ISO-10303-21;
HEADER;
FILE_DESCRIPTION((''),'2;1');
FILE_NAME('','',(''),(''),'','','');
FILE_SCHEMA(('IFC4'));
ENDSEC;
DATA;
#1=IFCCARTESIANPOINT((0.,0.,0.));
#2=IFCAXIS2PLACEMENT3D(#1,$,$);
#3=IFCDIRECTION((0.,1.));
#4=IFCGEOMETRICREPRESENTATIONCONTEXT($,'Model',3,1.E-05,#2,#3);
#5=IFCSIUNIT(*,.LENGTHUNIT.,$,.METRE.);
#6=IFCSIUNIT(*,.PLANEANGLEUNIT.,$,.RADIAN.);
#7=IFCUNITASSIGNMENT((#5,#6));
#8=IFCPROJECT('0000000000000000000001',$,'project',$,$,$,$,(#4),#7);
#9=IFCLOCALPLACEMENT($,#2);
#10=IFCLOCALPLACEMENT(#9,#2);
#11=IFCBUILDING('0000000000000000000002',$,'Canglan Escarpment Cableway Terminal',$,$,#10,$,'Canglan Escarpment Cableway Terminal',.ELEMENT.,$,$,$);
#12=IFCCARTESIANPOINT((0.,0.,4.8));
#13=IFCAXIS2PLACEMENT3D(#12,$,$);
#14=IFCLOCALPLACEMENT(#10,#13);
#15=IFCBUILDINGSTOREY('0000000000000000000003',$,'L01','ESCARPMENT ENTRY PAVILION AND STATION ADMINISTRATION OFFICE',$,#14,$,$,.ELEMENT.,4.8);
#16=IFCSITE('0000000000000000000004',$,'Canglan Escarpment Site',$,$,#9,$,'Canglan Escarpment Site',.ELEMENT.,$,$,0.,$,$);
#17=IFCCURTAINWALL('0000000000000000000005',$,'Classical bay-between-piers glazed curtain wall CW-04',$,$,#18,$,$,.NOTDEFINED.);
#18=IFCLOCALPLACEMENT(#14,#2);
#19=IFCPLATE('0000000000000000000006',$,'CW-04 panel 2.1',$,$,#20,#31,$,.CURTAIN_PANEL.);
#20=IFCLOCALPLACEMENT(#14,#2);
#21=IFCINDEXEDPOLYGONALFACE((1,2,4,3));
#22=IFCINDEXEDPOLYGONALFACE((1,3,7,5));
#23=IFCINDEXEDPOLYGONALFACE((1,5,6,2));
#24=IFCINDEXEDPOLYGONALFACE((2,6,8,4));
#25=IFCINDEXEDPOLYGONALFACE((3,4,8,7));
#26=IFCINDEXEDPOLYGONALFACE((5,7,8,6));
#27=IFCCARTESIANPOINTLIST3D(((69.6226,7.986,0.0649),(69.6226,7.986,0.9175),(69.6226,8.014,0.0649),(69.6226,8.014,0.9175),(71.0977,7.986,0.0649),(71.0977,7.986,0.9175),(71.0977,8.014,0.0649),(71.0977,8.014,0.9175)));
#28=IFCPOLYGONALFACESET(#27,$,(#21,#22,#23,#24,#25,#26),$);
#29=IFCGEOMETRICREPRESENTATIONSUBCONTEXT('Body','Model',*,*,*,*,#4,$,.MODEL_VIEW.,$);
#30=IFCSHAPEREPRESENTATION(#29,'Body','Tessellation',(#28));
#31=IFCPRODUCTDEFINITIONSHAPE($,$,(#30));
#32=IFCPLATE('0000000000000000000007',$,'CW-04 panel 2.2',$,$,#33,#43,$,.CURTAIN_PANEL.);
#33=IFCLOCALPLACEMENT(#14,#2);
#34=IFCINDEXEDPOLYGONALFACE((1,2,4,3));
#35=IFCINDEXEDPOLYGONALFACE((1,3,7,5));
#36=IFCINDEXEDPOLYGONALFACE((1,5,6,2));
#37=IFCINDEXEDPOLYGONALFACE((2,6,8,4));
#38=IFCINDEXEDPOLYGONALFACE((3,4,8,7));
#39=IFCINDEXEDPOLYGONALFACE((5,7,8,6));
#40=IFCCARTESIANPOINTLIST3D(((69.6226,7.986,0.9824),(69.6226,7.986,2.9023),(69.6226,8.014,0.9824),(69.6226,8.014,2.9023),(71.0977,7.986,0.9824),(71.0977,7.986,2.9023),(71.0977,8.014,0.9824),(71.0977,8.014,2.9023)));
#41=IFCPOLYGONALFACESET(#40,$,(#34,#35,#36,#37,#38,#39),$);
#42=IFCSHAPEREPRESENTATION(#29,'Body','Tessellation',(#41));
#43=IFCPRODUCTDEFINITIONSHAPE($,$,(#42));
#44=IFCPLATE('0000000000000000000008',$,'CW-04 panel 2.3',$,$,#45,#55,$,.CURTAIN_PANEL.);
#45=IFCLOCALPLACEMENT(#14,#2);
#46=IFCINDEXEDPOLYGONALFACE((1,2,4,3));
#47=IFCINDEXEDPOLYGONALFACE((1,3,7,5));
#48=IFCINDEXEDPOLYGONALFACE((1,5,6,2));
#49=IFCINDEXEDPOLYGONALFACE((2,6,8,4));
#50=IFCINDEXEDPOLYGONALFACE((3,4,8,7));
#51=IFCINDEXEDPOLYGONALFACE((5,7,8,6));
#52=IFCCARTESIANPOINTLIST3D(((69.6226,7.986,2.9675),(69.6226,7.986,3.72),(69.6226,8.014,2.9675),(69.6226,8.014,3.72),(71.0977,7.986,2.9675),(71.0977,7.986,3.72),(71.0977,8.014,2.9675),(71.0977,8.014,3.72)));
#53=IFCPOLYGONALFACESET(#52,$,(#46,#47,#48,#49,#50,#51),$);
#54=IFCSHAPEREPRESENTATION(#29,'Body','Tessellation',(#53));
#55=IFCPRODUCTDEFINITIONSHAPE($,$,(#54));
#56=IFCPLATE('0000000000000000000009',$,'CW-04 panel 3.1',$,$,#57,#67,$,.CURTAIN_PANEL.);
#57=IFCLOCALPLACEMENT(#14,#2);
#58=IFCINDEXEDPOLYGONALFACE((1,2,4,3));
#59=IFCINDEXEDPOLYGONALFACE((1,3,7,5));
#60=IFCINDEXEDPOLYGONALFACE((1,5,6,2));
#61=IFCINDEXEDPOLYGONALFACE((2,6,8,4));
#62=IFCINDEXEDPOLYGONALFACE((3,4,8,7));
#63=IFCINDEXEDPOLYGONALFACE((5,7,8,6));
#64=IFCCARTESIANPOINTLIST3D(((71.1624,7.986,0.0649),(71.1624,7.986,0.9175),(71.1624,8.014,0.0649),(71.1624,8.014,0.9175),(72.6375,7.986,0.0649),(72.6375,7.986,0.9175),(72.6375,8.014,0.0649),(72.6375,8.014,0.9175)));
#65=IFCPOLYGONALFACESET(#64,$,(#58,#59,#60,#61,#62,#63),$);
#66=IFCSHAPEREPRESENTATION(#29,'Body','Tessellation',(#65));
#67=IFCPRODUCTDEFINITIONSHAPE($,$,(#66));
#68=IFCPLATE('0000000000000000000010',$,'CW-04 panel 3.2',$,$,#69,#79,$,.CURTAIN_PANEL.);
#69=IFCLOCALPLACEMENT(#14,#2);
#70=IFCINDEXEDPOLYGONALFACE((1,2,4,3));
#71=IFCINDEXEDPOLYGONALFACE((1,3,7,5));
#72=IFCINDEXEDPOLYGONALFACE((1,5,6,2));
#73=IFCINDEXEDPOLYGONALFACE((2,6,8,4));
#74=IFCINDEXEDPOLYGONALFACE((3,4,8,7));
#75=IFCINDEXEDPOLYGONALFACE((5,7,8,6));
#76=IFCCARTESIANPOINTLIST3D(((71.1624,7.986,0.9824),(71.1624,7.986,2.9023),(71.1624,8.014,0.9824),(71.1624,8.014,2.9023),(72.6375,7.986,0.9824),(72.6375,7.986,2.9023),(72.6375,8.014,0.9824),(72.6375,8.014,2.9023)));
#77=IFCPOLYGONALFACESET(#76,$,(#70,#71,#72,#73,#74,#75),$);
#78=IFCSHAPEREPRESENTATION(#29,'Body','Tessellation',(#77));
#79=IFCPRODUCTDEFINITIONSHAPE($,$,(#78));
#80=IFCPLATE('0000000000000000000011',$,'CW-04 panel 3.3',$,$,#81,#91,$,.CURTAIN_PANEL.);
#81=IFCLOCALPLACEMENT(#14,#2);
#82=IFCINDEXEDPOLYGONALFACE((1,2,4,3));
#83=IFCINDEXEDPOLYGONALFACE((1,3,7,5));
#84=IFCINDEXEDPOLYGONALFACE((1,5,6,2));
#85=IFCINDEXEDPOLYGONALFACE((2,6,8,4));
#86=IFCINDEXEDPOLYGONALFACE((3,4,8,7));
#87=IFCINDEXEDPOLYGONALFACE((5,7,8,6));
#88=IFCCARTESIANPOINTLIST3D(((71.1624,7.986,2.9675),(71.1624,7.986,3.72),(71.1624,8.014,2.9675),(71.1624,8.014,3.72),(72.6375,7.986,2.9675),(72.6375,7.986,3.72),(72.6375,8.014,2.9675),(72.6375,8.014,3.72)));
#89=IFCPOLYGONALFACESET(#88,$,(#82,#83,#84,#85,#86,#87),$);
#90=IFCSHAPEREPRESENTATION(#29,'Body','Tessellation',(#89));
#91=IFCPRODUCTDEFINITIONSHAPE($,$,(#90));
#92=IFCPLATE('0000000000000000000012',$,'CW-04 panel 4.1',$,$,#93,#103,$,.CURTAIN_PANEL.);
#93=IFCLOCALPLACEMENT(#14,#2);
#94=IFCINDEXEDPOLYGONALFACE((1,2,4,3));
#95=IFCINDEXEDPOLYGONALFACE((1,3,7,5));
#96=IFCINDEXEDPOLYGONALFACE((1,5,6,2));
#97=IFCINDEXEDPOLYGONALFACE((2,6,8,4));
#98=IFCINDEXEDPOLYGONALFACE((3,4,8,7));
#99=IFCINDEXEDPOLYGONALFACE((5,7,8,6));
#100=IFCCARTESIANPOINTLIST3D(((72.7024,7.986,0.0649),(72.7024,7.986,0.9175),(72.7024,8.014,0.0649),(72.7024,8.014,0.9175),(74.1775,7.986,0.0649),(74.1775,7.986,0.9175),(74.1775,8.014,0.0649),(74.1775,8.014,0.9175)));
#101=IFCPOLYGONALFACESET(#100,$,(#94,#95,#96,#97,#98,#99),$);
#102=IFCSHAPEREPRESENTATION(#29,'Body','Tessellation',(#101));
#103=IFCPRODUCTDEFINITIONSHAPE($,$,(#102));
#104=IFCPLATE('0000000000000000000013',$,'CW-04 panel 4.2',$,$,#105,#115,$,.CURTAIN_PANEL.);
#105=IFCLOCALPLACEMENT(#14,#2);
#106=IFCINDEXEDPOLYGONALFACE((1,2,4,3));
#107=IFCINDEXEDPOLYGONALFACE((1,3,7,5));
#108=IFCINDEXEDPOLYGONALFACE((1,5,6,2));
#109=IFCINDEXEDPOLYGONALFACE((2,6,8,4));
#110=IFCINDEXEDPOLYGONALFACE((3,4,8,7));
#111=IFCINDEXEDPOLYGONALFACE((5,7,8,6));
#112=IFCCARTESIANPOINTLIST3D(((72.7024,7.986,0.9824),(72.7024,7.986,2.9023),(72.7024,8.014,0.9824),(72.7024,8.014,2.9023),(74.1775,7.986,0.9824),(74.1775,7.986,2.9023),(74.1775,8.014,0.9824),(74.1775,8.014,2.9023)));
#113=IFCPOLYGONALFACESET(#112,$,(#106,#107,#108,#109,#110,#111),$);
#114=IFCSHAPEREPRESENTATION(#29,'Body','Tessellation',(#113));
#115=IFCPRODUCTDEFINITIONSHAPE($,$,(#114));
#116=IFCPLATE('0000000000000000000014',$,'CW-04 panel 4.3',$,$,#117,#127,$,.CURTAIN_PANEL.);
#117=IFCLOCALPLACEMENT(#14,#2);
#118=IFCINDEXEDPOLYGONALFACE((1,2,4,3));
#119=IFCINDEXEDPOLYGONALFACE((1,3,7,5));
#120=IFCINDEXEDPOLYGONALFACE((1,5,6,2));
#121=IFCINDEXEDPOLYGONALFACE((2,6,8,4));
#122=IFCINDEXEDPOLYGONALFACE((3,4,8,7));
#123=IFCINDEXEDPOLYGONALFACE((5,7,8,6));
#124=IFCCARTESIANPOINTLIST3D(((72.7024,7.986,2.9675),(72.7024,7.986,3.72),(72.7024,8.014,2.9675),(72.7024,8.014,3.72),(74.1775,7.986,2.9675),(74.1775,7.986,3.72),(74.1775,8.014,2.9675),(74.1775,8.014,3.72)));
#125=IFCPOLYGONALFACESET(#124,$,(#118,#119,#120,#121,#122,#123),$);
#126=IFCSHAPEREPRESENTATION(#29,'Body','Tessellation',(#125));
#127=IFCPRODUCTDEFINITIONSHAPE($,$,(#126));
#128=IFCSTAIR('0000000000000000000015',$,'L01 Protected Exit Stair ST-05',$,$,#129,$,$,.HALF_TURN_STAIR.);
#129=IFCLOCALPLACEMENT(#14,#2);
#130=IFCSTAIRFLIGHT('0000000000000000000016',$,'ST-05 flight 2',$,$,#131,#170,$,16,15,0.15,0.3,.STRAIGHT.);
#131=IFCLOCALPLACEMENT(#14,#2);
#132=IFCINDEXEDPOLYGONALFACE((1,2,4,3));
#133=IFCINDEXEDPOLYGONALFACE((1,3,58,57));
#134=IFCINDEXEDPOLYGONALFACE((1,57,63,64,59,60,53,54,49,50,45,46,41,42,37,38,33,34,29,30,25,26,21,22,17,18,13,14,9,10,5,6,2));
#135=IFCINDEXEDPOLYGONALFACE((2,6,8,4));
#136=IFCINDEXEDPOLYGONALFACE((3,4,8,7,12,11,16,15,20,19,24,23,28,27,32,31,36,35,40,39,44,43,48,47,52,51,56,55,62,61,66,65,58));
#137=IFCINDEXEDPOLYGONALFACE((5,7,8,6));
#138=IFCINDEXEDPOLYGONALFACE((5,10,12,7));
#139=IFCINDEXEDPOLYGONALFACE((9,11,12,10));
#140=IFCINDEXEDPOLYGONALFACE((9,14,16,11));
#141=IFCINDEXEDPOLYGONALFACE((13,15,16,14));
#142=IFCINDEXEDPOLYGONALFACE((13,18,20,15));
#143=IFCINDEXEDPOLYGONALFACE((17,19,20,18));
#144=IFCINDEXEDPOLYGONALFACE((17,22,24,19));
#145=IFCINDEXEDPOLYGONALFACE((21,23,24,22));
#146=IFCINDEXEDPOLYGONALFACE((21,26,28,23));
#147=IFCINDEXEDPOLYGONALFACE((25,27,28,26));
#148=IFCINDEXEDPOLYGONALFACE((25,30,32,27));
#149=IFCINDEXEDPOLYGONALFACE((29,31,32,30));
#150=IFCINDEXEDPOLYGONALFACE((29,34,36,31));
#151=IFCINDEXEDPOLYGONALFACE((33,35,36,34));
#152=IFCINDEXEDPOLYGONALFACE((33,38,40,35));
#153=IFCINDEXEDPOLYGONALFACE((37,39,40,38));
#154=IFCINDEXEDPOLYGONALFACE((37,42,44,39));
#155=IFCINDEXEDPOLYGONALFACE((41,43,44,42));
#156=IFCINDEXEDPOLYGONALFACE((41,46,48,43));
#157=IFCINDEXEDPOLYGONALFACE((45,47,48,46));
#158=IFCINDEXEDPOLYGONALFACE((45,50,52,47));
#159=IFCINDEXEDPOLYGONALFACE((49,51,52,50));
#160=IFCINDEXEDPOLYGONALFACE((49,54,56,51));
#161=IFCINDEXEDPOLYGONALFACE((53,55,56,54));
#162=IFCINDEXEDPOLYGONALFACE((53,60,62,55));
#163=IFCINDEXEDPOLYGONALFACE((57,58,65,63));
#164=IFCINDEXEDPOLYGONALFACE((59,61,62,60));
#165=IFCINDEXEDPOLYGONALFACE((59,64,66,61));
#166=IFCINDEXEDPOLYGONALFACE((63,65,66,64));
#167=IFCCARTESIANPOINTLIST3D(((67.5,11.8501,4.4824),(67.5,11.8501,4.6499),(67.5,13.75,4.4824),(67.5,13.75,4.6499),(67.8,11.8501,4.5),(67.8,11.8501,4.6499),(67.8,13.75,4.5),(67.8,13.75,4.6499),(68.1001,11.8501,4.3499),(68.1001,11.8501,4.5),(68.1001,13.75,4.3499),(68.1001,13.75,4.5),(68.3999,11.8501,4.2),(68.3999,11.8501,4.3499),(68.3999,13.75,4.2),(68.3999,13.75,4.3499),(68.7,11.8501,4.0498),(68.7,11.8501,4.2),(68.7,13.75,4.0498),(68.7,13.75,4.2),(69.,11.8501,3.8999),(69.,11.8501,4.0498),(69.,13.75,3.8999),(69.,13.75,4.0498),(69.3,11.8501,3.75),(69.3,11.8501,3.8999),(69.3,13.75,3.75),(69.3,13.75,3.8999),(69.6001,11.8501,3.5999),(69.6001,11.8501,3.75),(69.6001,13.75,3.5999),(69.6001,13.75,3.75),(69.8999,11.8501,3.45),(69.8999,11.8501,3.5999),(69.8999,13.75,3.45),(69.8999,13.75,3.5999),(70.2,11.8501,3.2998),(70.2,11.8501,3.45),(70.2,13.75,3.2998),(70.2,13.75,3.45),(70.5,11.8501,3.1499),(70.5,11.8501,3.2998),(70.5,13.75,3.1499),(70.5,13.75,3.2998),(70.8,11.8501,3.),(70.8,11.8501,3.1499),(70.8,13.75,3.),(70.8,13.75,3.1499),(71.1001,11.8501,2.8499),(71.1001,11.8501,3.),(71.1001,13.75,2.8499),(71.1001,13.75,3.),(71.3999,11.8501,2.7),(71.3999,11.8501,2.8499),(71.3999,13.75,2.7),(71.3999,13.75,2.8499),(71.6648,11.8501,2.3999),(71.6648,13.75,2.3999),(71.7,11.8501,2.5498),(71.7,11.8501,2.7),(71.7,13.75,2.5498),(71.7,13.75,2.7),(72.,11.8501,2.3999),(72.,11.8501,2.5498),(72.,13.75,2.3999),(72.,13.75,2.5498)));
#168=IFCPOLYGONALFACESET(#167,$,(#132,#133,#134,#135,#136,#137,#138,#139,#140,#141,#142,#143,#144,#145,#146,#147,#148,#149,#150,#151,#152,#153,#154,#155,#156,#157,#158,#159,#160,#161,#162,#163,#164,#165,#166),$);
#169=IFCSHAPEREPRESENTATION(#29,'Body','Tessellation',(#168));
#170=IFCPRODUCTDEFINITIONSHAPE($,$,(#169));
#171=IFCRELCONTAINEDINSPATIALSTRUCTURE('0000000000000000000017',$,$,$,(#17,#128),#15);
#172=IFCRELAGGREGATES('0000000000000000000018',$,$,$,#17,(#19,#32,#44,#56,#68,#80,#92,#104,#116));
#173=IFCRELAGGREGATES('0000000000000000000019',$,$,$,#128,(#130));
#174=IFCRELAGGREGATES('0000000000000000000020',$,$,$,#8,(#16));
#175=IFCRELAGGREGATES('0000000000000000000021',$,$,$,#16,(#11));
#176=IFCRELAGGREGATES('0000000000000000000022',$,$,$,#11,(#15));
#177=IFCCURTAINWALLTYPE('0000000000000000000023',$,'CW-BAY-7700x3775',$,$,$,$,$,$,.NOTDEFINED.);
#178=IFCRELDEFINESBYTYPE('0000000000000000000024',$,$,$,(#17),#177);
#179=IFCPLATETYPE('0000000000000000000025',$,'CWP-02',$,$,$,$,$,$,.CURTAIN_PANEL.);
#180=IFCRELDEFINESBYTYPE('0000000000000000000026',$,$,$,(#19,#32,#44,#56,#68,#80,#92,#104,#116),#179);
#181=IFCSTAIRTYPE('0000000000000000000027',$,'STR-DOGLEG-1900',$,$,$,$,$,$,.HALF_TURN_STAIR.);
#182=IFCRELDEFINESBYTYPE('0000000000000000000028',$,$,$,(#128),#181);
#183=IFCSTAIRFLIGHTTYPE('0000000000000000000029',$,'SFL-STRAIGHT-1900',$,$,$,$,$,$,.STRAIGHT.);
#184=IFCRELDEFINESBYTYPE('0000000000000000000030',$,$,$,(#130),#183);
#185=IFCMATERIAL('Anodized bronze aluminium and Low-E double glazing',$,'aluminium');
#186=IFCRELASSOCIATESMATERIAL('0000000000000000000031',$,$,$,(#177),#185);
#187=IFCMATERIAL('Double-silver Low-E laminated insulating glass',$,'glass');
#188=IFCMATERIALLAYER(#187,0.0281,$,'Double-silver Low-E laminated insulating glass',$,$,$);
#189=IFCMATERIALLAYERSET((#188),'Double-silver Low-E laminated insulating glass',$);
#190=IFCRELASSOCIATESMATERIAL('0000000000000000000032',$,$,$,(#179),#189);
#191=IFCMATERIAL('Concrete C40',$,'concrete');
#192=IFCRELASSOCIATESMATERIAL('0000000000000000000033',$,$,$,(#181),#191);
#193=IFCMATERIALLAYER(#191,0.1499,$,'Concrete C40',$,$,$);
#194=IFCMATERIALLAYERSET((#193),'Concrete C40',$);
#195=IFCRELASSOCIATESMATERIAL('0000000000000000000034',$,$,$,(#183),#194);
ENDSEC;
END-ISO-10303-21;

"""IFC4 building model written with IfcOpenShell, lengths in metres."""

from ifc_helpers import new_model, si_unit, direction, frame, origin, origin_2d, place, context, subcontext, project, spatial, polyline, rectangle, outline, extrude, material, layer, layer_set, type_object, element, aggregate, save


model = new_model("IFC4")

# Units and contexts
model_context = context("Model", 3, precision=1e-05, world=origin(), true_north=direction((0.0, 1.0)))
body_context = subcontext(model_context, "Body", "Model", "MODEL_VIEW")
ifc_project = project(units=[si_unit("LENGTHUNIT", "METRE"), si_unit("PLANEANGLEUNIT", "RADIAN")], contexts=[model_context])

# Site, building, storey
site_placement = place(None, origin())
site = spatial("IfcSite", under=ifc_project, at=site_placement, Name="Canglan Escarpment Site", LongName="Canglan Escarpment Site", CompositionType="ELEMENT", RefElevation=0.0)
building_placement = place(site_placement, origin())
building = spatial("IfcBuilding", under=site, at=building_placement, Name="Canglan Escarpment Cableway Terminal", LongName="Canglan Escarpment Cableway Terminal", CompositionType="ELEMENT")
storey_placement = place(building_placement, frame((0.0, 0.0, 4.8)))
storey = spatial("IfcBuildingStorey", under=building, at=storey_placement, Name="L01", Description="ESCARPMENT ENTRY PAVILION AND STATION ADMINISTRATION OFFICE", CompositionType="ELEMENT", Elevation=4.8)

# Shared definitions
ifc_material_1 = material(Name="Concrete C40", Category="concrete")

# Curtain wall
ifc_material_2 = material(Name="Anodized bronze aluminium and Low-E double glazing", Category="aluminium")
curtain_wall_type = type_object("IfcCurtainWallType", Name="CW-BAY-7700x3775", PredefinedType="NOTDEFINED", material=ifc_material_2)
curtain_wall_placement = place(storey_placement, origin())
curtain_wall = element("IfcCurtainWall", 1, at=curtain_wall_placement, inside=storey, type_object=curtain_wall_type, Name="Classical bay-between-piers glazed curtain wall CW-04", PredefinedType="NOTDEFINED")

# Plates
ifc_material_3 = material(Name="Double-silver Low-E laminated insulating glass", Category="glass")
ifc_layer_1 = layer(ifc_material_3, 0.0281, Name="Double-silver Low-E laminated insulating glass")
ifc_layer_set_1 = layer_set([ifc_layer_1], Name="Double-silver Low-E laminated insulating glass")
plate_type = type_object("IfcPlateType", Name="CWP-02", PredefinedType="CURTAIN_PANEL", material=ifc_layer_set_1)
plate_1_placement = place(storey_placement, frame((70.3601, 8.0, 0.0649), z_axis=(0.0, 0.0, 1.0), x_axis=(1.0, 0.0, 0.0)))
plate_1 = element("IfcPlate", 2, at=plate_1_placement, type_object=plate_type, Name="CW-04 panel 2.1", PredefinedType="CURTAIN_PANEL", context=body_context, shape_type="SweptSolid", body=[
    extrude(rectangle(XDim=1.4751, YDim=0.0281, at=origin_2d()), origin(), (0.0, 0.0, 1.0), 0.8525),
])
plate_2_placement = place(storey_placement, frame((70.3601, 8.0, 0.9824), z_axis=(0.0, 0.0, 1.0), x_axis=(1.0, 0.0, 0.0)))
plate_2 = element("IfcPlate", 3, at=plate_2_placement, type_object=plate_type, Name="CW-04 panel 2.2", PredefinedType="CURTAIN_PANEL", context=body_context, shape_type="SweptSolid", body=[
    extrude(rectangle(XDim=1.4751, YDim=0.0281, at=origin_2d()), origin(), (0.0, 0.0, 1.0), 1.9199),
])
plate_3_placement = place(storey_placement, frame((70.3601, 8.0, 2.9675), z_axis=(0.0, 0.0, 1.0), x_axis=(1.0, 0.0, 0.0)))
plate_3 = element("IfcPlate", 4, at=plate_3_placement, type_object=plate_type, Name="CW-04 panel 2.3", PredefinedType="CURTAIN_PANEL", context=body_context, shape_type="SweptSolid", body=[
    extrude(rectangle(XDim=1.4751, YDim=0.0281, at=origin_2d()), origin(), (0.0, 0.0, 1.0), 0.7524),
])
plate_4_placement = place(storey_placement, frame((71.8999, 8.0, 0.0649), z_axis=(0.0, 0.0, 1.0), x_axis=(1.0, 0.0, 0.0)))
plate_4 = element("IfcPlate", 5, at=plate_4_placement, type_object=plate_type, Name="CW-04 panel 3.1", PredefinedType="CURTAIN_PANEL", context=body_context, shape_type="SweptSolid", body=[
    extrude(rectangle(XDim=1.4751, YDim=0.0281, at=origin_2d()), origin(), (0.0, 0.0, 1.0), 0.8525),
])
plate_5_placement = place(storey_placement, frame((71.8999, 8.0, 0.9824), z_axis=(0.0, 0.0, 1.0), x_axis=(1.0, 0.0, 0.0)))
plate_5 = element("IfcPlate", 6, at=plate_5_placement, type_object=plate_type, Name="CW-04 panel 3.2", PredefinedType="CURTAIN_PANEL", context=body_context, shape_type="SweptSolid", body=[
    extrude(rectangle(XDim=1.4751, YDim=0.0281, at=origin_2d()), origin(), (0.0, 0.0, 1.0), 1.9199),
])
plate_6_placement = place(storey_placement, frame((71.8999, 8.0, 2.9675), z_axis=(0.0, 0.0, 1.0), x_axis=(1.0, 0.0, 0.0)))
plate_6 = element("IfcPlate", 7, at=plate_6_placement, type_object=plate_type, Name="CW-04 panel 3.3", PredefinedType="CURTAIN_PANEL", context=body_context, shape_type="SweptSolid", body=[
    extrude(rectangle(XDim=1.4751, YDim=0.0281, at=origin_2d()), origin(), (0.0, 0.0, 1.0), 0.7524),
])
plate_7_placement = place(storey_placement, frame((73.4399, 8.0, 0.0649), z_axis=(0.0, 0.0, 1.0), x_axis=(1.0, 0.0, 0.0)))
plate_7 = element("IfcPlate", 8, at=plate_7_placement, type_object=plate_type, Name="CW-04 panel 4.1", PredefinedType="CURTAIN_PANEL", context=body_context, shape_type="SweptSolid", body=[
    extrude(rectangle(XDim=1.4751, YDim=0.0281, at=origin_2d()), origin(), (0.0, 0.0, 1.0), 0.8525),
])
plate_8_placement = place(storey_placement, frame((73.4399, 8.0, 0.9824), z_axis=(0.0, 0.0, 1.0), x_axis=(1.0, 0.0, 0.0)))
plate_8 = element("IfcPlate", 9, at=plate_8_placement, type_object=plate_type, Name="CW-04 panel 4.2", PredefinedType="CURTAIN_PANEL", context=body_context, shape_type="SweptSolid", body=[
    extrude(rectangle(XDim=1.4751, YDim=0.0281, at=origin_2d()), origin(), (0.0, 0.0, 1.0), 1.9199),
])
plate_9_placement = place(storey_placement, frame((73.4399, 8.0, 2.9675), z_axis=(0.0, 0.0, 1.0), x_axis=(1.0, 0.0, 0.0)))
plate_9 = element("IfcPlate", 10, at=plate_9_placement, type_object=plate_type, Name="CW-04 panel 4.3", PredefinedType="CURTAIN_PANEL", context=body_context, shape_type="SweptSolid", body=[
    extrude(rectangle(XDim=1.4751, YDim=0.0281, at=origin_2d()), origin(), (0.0, 0.0, 1.0), 0.7524),
])
aggregate(curtain_wall, [plate_1, plate_2, plate_3, plate_4, plate_5, plate_6, plate_7, plate_8, plate_9])

# Stair, stair flight
stair_type = type_object("IfcStairType", Name="STR-DOGLEG-1900", PredefinedType="HALF_TURN_STAIR", material=ifc_material_1)
stair_placement = place(storey_placement, origin())
stair = element("IfcStair", 11, at=stair_placement, inside=storey, type_object=stair_type, Name="L01 Protected Exit Stair ST-05", PredefinedType="HALF_TURN_STAIR")
ifc_layer_2 = layer(ifc_material_1, 0.1499, Name="Concrete C40")
ifc_layer_set_2 = layer_set([ifc_layer_2], Name="Concrete C40")
stair_flight_type = type_object("IfcStairFlightType", Name="SFL-STRAIGHT-1900", PredefinedType="STRAIGHT", material=ifc_layer_set_2)
stair_flight_placement = place(storey_placement, frame((72.0, 12.8, 2.3999), z_axis=(0.0, 0.0, 1.0), x_axis=(-1.0, 0.0, 0.0)))
stair_flight = element("IfcStairFlight", 12, at=stair_flight_placement, type_object=stair_flight_type, Name="ST-05 flight 2", NumberOfRisers=16, NumberOfTreads=15, PredefinedType="STRAIGHT", RiserHeight=0.15, TreadLength=0.3, context=body_context, shape_type="SweptSolid", body=[
    extrude(outline(polyline([(0.0, 0.0), (0.0, 0.1499), (0.3, 0.1499), (0.3, 0.3), (0.6001, 0.3), (0.6001, 0.45), (0.8999, 0.45), (0.8999, 0.6001), (1.2, 0.6001), (1.2, 0.75), (1.5, 0.75), (1.5, 0.8999), (1.8, 0.8999), (1.8, 1.05), (2.1001, 1.05), (2.1001, 1.2), (2.3999, 1.2), (2.3999, 1.3501), (2.7, 1.3501), (2.7, 1.5), (3.0, 1.5), (3.0, 1.6499), (3.3, 1.6499), (3.3, 1.8), (3.6001, 1.8), (3.6001, 1.95), (3.8999, 1.95), (3.8999, 2.1001), (4.2, 2.1001), (4.2, 2.25), (4.5, 2.25), (4.5, 2.3999), (4.5, 2.0825), (0.3352, 0.0), (0.0, 0.0)])), frame((0.0, 0.95, 0.0), z_axis=(0.0, -1.0, 0.0), x_axis=(1.0, 0.0, 0.0)), (0.0, 0.0, 1.0), 1.8999),
])
aggregate(stair, [stair_flight])

save(model, "model.ifc")
